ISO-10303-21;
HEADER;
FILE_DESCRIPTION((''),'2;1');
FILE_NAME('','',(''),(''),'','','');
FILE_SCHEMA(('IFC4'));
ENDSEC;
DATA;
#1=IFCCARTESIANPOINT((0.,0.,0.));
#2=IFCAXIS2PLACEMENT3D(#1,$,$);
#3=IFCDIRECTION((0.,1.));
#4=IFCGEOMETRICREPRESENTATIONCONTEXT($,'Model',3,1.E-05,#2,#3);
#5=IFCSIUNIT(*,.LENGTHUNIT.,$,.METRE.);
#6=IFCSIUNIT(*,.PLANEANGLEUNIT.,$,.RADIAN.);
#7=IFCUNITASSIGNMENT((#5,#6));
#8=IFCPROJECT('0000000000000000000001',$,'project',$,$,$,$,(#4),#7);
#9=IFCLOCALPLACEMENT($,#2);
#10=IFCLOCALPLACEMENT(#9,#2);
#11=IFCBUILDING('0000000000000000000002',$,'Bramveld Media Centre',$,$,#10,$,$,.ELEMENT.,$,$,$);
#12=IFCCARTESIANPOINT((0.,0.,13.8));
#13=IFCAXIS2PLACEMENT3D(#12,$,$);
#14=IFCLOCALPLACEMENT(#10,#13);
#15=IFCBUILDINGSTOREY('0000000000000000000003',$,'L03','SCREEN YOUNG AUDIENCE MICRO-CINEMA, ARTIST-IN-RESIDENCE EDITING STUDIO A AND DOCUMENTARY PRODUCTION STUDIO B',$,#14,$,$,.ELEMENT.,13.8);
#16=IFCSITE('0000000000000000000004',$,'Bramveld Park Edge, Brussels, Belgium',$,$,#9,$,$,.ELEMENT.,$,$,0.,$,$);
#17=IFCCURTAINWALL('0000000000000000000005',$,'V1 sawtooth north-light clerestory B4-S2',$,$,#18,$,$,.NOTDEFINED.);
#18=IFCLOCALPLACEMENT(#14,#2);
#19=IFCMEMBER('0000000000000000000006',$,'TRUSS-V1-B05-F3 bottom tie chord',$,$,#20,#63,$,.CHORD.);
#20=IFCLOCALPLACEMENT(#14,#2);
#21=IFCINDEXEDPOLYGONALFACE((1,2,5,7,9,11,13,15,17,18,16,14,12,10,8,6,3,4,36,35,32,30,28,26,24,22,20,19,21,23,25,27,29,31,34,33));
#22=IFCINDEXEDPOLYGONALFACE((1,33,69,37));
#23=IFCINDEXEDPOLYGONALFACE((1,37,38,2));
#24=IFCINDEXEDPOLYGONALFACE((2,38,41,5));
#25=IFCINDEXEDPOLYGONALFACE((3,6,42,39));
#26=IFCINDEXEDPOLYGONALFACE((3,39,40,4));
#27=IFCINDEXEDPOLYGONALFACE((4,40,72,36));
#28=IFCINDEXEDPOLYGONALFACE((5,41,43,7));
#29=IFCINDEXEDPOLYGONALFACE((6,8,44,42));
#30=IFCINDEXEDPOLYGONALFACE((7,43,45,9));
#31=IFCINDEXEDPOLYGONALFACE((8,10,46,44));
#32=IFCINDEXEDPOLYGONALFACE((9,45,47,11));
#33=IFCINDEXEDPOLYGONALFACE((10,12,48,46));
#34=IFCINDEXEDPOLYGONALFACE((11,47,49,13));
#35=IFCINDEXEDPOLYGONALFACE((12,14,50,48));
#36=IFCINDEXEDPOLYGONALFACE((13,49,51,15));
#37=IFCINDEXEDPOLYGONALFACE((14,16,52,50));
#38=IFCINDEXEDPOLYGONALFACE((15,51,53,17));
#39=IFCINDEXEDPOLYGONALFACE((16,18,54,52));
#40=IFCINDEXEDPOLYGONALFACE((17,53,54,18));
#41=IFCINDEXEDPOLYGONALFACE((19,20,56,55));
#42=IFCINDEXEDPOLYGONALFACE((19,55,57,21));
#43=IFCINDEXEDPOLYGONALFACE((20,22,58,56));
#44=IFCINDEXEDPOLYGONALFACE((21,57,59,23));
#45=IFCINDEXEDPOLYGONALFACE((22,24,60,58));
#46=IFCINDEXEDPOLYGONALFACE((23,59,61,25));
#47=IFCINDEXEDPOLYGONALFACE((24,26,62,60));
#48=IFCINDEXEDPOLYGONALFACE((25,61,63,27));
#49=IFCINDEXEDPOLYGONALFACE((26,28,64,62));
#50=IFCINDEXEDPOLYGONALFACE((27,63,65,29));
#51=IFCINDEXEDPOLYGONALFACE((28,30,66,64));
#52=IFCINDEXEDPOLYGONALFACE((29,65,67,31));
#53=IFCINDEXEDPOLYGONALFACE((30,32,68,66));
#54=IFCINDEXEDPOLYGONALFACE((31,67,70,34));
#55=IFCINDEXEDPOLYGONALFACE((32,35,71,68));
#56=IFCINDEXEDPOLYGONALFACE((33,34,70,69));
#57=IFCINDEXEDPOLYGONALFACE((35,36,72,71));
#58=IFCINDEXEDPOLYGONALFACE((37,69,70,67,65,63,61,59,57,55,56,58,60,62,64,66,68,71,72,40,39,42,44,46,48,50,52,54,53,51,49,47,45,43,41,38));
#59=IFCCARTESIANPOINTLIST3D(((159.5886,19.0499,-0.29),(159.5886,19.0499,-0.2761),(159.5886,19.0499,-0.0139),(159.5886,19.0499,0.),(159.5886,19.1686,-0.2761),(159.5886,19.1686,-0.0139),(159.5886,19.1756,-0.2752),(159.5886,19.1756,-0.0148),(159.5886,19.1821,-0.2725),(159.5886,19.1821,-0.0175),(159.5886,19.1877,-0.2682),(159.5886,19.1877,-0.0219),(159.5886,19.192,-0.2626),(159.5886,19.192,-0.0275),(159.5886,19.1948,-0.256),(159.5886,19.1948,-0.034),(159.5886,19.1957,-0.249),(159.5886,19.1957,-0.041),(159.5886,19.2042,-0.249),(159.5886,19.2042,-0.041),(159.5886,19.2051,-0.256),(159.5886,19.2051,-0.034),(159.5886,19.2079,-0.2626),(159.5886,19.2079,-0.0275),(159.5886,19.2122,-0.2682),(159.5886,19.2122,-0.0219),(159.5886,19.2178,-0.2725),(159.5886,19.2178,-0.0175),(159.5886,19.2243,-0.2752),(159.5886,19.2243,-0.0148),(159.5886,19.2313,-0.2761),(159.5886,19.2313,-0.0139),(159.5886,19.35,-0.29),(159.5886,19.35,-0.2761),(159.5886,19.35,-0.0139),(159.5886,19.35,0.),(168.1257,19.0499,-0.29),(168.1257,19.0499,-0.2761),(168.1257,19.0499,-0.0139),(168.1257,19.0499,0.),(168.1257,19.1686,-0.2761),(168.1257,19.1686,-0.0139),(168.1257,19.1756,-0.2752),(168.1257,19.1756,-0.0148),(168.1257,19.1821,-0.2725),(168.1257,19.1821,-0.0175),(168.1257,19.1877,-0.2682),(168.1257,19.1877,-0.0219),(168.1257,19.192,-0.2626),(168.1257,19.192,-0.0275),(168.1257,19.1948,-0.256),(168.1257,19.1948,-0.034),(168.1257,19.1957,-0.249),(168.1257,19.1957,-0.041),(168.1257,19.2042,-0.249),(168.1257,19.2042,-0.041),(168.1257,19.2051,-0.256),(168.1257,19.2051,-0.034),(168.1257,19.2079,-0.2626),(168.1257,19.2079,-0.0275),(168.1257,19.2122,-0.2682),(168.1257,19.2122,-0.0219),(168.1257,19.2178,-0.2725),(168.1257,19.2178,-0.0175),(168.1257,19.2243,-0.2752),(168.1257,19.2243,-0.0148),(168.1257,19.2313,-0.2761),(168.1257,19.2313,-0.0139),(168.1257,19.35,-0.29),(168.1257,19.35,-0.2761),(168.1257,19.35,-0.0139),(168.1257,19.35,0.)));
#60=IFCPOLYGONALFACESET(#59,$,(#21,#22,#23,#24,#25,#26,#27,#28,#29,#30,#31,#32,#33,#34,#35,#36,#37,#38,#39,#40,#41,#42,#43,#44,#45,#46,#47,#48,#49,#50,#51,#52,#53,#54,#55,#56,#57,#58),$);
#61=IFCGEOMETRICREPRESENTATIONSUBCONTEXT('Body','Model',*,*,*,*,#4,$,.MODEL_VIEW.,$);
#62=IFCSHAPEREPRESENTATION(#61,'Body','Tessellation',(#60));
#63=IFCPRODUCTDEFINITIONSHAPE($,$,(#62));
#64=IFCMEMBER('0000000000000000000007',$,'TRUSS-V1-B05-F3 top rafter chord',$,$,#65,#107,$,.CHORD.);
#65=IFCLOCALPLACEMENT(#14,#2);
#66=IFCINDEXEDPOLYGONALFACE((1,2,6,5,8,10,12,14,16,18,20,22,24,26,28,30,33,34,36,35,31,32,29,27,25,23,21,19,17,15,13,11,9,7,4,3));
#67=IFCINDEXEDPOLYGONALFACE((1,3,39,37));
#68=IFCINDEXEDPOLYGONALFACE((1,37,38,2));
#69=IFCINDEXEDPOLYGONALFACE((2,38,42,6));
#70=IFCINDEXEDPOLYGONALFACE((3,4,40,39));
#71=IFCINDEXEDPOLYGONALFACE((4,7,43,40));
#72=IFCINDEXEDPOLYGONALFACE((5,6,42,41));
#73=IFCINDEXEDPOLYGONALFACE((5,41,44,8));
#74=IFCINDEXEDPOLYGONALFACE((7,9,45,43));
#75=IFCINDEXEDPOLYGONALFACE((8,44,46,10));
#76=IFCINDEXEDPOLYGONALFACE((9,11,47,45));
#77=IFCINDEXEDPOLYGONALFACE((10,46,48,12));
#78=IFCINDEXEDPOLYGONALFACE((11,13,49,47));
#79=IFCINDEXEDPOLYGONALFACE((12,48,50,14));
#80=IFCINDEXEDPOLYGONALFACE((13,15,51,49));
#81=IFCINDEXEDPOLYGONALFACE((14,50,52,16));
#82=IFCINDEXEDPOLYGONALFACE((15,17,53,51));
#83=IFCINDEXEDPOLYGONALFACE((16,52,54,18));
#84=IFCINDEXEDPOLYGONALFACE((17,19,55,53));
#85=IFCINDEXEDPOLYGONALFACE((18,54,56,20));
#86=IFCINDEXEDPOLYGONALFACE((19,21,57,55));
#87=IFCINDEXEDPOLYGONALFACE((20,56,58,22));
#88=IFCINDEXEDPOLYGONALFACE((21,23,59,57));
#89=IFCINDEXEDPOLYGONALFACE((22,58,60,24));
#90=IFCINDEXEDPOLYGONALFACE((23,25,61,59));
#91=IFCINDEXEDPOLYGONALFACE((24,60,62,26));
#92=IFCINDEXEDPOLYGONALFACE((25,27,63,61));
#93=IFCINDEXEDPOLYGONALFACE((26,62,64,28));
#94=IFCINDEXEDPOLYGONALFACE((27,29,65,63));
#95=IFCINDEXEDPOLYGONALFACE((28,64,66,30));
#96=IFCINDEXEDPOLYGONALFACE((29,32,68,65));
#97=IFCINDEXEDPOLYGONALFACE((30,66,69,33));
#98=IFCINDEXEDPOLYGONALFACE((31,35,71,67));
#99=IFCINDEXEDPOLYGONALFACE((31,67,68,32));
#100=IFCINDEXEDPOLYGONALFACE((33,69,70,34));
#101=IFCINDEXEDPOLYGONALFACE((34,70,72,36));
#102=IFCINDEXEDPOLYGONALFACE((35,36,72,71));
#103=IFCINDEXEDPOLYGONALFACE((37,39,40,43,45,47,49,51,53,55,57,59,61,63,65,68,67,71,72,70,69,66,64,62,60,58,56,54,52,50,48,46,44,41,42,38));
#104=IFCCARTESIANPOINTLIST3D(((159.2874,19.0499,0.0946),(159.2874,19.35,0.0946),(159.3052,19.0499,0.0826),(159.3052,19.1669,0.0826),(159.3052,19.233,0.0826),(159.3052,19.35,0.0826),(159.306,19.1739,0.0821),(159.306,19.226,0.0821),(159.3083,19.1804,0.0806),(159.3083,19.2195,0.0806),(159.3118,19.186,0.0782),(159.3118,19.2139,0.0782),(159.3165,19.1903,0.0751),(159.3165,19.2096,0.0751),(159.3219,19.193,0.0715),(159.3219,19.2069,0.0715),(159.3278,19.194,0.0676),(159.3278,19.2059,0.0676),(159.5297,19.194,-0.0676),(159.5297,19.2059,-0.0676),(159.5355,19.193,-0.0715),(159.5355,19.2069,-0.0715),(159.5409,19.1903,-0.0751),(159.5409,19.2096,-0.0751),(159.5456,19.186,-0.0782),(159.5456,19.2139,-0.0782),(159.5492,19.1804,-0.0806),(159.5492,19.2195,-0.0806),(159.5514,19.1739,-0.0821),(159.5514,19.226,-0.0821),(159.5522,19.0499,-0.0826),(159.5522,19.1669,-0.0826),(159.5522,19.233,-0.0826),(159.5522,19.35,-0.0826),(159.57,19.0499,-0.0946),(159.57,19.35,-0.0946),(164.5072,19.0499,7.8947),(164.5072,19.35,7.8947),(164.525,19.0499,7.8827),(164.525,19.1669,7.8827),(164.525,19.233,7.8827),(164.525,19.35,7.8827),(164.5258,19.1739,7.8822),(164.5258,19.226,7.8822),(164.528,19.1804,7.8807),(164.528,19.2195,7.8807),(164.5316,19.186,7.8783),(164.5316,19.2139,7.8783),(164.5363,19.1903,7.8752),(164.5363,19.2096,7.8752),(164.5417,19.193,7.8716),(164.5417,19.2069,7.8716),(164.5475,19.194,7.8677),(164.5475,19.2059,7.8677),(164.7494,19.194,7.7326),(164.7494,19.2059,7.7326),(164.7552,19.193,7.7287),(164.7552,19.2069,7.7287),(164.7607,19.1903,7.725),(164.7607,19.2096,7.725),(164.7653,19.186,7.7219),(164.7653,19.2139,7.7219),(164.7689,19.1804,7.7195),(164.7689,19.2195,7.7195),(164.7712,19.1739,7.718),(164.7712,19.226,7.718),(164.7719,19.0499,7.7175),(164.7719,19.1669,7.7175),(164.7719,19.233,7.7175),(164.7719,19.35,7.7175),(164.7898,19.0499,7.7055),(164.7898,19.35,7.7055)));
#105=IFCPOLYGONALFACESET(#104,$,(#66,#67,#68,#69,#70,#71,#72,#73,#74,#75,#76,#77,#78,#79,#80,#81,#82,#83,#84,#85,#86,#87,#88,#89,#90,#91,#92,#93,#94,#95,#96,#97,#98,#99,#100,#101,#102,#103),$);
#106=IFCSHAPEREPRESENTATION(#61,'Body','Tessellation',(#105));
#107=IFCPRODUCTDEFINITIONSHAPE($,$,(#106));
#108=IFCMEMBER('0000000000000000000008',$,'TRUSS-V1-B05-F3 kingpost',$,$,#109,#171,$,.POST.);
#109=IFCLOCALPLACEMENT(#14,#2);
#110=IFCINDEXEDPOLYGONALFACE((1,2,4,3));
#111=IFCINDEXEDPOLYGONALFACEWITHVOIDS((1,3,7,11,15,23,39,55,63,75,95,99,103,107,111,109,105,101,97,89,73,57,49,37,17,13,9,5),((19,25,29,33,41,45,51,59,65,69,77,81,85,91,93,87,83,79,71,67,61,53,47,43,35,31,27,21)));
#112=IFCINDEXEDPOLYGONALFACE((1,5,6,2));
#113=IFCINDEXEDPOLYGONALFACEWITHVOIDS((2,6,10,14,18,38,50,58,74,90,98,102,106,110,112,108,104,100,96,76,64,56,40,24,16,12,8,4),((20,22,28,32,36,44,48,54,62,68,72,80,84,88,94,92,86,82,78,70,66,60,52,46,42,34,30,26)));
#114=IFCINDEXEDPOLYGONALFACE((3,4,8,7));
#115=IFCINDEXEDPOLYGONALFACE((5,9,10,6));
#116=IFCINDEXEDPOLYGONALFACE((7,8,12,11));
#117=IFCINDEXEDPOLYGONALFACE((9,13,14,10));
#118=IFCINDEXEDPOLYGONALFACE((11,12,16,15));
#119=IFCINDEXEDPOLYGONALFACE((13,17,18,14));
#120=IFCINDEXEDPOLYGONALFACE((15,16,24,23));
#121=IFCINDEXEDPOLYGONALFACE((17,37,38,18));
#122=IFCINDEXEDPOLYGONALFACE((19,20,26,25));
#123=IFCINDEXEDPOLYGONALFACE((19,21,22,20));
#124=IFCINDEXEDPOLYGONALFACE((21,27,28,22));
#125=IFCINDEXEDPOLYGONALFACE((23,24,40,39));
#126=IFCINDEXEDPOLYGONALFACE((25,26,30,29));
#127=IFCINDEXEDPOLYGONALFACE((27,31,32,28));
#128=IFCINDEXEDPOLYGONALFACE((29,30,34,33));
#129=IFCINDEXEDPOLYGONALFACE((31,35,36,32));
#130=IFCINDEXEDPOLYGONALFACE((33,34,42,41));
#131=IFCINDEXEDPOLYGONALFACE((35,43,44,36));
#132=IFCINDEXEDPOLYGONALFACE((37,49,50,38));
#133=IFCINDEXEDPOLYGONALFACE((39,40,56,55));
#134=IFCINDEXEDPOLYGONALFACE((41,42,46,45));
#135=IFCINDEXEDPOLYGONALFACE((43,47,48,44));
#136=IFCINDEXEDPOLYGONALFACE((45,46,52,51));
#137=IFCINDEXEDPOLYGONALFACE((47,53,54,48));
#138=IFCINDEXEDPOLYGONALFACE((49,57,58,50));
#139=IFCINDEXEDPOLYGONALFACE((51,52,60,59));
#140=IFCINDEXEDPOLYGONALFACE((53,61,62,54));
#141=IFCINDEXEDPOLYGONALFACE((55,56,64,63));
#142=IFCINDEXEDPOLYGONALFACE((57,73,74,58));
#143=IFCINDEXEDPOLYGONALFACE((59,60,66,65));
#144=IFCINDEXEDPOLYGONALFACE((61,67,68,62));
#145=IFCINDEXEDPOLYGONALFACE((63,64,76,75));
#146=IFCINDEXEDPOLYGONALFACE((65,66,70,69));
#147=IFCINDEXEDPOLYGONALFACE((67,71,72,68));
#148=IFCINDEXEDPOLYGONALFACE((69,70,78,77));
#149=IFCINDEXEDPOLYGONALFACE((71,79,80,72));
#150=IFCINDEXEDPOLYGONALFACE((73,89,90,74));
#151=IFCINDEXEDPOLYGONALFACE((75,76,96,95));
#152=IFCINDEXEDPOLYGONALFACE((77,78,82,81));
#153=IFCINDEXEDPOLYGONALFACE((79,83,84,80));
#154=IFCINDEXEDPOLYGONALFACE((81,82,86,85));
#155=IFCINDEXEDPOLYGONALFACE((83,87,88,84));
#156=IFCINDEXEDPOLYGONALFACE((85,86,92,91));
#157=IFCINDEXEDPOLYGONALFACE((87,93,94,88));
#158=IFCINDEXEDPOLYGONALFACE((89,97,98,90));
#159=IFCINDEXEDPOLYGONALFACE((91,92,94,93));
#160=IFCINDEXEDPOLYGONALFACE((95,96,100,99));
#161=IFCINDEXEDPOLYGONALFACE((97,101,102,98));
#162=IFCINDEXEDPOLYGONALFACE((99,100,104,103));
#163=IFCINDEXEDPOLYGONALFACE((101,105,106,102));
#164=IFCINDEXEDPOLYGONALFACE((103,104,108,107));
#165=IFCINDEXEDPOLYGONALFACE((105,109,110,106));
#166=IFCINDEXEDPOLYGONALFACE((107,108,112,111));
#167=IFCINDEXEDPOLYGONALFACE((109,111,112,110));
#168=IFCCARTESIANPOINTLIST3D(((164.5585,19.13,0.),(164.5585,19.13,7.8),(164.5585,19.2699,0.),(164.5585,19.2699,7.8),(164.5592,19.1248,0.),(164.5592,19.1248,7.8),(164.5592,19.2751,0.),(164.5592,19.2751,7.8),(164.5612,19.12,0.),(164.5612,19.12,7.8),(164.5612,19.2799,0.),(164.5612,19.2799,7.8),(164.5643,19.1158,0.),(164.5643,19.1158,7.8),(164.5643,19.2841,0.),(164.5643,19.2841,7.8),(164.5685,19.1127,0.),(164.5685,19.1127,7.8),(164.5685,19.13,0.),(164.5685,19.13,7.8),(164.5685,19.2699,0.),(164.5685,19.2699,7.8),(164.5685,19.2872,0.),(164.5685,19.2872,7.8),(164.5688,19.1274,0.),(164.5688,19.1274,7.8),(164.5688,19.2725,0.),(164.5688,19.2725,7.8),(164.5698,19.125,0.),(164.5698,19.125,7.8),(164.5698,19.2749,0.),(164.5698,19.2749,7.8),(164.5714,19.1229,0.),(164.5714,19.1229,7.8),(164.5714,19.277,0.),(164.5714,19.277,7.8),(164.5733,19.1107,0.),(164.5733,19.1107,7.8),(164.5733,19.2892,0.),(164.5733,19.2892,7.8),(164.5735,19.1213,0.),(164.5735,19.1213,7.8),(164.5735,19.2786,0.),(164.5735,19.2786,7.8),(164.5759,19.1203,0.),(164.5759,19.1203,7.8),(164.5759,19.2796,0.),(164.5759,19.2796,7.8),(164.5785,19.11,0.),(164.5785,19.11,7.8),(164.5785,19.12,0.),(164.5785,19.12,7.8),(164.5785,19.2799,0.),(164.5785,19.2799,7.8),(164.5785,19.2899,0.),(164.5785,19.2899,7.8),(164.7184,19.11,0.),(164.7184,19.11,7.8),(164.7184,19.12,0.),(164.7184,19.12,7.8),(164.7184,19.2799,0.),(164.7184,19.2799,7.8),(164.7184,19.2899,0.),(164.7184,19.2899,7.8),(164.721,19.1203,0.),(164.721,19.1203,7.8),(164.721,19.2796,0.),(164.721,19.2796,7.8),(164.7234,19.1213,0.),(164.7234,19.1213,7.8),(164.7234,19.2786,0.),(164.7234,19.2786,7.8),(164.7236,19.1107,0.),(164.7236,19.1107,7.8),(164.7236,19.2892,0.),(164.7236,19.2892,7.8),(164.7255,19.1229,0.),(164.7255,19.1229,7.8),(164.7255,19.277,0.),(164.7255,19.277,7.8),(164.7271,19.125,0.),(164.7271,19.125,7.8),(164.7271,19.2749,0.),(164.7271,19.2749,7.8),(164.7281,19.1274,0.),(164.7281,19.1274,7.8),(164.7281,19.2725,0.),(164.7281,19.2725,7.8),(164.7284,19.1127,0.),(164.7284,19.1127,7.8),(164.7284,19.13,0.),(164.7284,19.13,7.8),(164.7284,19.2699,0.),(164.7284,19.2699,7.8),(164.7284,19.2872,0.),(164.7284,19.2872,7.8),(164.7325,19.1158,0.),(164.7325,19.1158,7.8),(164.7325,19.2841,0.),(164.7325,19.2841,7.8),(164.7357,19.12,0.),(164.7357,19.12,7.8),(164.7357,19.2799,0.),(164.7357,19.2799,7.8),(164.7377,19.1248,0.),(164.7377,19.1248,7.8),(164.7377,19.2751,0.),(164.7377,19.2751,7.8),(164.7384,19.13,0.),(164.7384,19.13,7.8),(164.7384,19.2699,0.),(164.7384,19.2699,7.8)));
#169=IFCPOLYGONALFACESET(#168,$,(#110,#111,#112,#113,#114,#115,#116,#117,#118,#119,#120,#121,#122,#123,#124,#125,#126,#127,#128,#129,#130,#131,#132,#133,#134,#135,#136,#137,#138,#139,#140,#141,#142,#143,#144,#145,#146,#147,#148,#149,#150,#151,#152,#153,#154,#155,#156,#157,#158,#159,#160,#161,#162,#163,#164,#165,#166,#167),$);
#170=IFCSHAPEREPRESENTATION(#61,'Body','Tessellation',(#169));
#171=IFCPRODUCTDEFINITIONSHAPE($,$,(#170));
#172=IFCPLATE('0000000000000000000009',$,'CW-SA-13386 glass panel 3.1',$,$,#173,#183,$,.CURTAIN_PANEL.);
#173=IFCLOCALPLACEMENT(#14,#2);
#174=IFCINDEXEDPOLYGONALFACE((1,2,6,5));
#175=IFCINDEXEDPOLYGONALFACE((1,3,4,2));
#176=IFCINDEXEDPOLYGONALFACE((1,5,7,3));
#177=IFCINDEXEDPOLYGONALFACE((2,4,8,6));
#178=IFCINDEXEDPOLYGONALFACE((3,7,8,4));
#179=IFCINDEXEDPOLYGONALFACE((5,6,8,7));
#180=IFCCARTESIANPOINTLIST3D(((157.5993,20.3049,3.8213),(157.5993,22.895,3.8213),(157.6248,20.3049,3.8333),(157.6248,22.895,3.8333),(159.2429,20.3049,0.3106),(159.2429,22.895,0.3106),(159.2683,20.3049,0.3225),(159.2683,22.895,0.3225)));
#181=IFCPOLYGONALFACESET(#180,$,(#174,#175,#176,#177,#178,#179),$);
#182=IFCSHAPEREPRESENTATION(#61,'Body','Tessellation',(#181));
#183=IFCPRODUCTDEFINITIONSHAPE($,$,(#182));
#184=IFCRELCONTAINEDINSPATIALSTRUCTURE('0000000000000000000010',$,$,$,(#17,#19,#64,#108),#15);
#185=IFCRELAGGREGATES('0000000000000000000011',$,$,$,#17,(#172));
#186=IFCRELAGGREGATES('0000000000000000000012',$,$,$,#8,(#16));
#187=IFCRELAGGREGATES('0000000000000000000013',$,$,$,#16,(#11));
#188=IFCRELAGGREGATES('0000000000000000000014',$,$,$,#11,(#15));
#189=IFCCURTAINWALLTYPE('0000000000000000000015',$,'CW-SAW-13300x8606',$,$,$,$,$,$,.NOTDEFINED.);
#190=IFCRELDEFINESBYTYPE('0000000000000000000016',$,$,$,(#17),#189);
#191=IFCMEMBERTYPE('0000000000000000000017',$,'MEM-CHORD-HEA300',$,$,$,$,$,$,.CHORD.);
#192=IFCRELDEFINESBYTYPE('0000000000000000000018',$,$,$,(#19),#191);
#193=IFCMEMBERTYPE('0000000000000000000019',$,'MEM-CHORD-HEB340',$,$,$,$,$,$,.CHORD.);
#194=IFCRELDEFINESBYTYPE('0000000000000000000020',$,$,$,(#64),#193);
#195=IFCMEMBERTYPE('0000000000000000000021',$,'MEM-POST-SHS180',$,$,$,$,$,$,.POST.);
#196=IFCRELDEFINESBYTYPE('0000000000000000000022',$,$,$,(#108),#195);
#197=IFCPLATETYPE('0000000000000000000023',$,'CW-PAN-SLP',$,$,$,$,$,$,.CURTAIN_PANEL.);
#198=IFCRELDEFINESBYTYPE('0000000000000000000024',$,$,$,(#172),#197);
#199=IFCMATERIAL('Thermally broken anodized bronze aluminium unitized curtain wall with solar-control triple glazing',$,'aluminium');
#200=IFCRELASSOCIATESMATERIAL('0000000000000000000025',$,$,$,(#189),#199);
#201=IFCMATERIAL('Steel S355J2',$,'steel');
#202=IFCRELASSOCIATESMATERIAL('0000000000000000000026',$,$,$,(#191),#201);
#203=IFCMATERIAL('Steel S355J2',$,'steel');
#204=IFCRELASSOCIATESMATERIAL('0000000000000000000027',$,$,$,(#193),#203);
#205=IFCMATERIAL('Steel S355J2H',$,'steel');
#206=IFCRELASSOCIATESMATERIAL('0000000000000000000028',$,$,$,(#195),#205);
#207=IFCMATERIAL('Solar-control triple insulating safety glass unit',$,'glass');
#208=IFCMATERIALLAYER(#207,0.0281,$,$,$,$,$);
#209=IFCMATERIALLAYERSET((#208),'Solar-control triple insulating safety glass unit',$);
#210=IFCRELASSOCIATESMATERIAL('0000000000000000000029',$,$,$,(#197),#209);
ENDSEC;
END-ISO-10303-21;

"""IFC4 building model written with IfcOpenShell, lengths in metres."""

from ifc_helpers import new_model, si_unit, direction, frame, origin, origin_2d, place, context, subcontext, project, spatial, polyline, hollow_rectangle, i_section, outline, extrude, material, layer, layer_set, material_profile, profile_set, type_object, element, aggregate, save


model = new_model("IFC4")

# Units and contexts
model_context = context("Model", 3, precision=1e-05, world=origin(), true_north=direction((0.0, 1.0)))
body_context = subcontext(model_context, "Body", "Model", "MODEL_VIEW")
ifc_project = project(units=[si_unit("LENGTHUNIT", "METRE"), si_unit("PLANEANGLEUNIT", "RADIAN")], contexts=[model_context])

# Site, building, storey
site_placement = place(None, origin())
site = spatial("IfcSite", under=ifc_project, at=site_placement, Name="Bramveld Park Edge, Brussels, Belgium", CompositionType="ELEMENT", RefElevation=0.0)
building_placement = place(site_placement, origin())
building = spatial("IfcBuilding", under=site, at=building_placement, Name="Bramveld Media Centre", CompositionType="ELEMENT")
storey_placement = place(building_placement, frame((0.0, 0.0, 13.8)))
storey = spatial("IfcBuildingStorey", under=building, at=storey_placement, Name="L03", Description="SCREEN YOUNG AUDIENCE MICRO-CINEMA, ARTIST-IN-RESIDENCE EDITING STUDIO A AND DOCUMENTARY PRODUCTION STUDIO B", CompositionType="ELEMENT", Elevation=13.8)

# Curtain wall
ifc_material_1 = material(Name="Thermally broken anodized bronze aluminium unitized curtain wall with solar-control triple glazing", Category="aluminium")
curtain_wall_type = type_object("IfcCurtainWallType", Name="CW-SAW-13300x8606", PredefinedType="NOTDEFINED", material=ifc_material_1)
curtain_wall_placement = place(storey_placement, origin())
curtain_wall = element("IfcCurtainWall", 1, at=curtain_wall_placement, inside=storey, type_object=curtain_wall_type, Name="V1 sawtooth north-light clerestory B4-S2", PredefinedType="NOTDEFINED")

# Members
ifc_material_2 = material(Name="Steel S355J2", Category="steel")
ifc_material_profile_1 = material_profile(ifc_material_2, i_section(OverallWidth=0.3, OverallDepth=0.29, WebThickness=0.0085, FlangeThickness=0.0139, FilletRadius=0.0271, at=origin_2d()), Name="HEA 300")
ifc_profile_set_1 = profile_set([ifc_material_profile_1], Name="Steel S355J2")
member_type_1 = type_object("IfcMemberType", Name="MEM-CHORD-HEA300", PredefinedType="CHORD", material=ifc_profile_set_1)
member_1_placement = place(storey_placement, frame((159.5886, 19.2, -0.145), z_axis=(1.0, 0.0, 0.0), x_axis=(0.0, 1.0, 0.0)))
element("IfcMember", 2, at=member_1_placement, inside=storey, type_object=member_type_1, Name="TRUSS-V1-B05-F3 bottom tie chord", PredefinedType="CHORD", context=body_context, shape_type="SweptSolid", body=[
    extrude(i_section(OverallWidth=0.3, OverallDepth=0.29, WebThickness=0.0085, FlangeThickness=0.0139, FilletRadius=0.0271, at=origin_2d()), origin(), (0.0, 0.0, 1.0), 8.5371),
])
ifc_material_3 = material(Name="Steel S355J2", Category="steel")
ifc_material_profile_2 = material_profile(ifc_material_3, i_section(OverallWidth=0.3, OverallDepth=0.3401, WebThickness=0.012, FlangeThickness=0.0215, FilletRadius=0.0271, at=origin_2d()), Name="HEB 340")
ifc_profile_set_2 = profile_set([ifc_material_profile_2], Name="Steel S355J2")
member_type_2 = type_object("IfcMemberType", Name="MEM-CHORD-HEB340", PredefinedType="CHORD", material=ifc_profile_set_2)
member_2_placement = place(storey_placement, frame((159.4287, 19.2, 0.0), z_axis=(0.556152, 0.0, 0.831081), x_axis=(0.0, 1.0, 0.0)))
element("IfcMember", 3, at=member_2_placement, inside=storey, type_object=member_type_2, Name="TRUSS-V1-B05-F3 top rafter chord", PredefinedType="CHORD", context=body_context, shape_type="SweptSolid", body=[
    extrude(i_section(OverallWidth=0.3, OverallDepth=0.3401, WebThickness=0.012, FlangeThickness=0.0215, FilletRadius=0.0271, at=origin_2d()), origin(), (0.0, 0.0, 1.0), 9.3855),
])
ifc_material_4 = material(Name="Steel S355J2H", Category="steel")
ifc_material_profile_3 = material_profile(ifc_material_4, hollow_rectangle(XDim=0.1799, YDim=0.1799, WallThickness=0.01, InnerFilletRadius=0.01, OuterFilletRadius=0.02, at=origin_2d()), Name="SHS 180x180x10")
ifc_profile_set_3 = profile_set([ifc_material_profile_3], Name="Steel S355J2H")
member_type_3 = type_object("IfcMemberType", Name="MEM-POST-SHS180", PredefinedType="POST", material=ifc_profile_set_3)
member_3_placement = place(storey_placement, frame((164.6484, 19.2, 0.0), z_axis=(0.0, 0.0, 1.0), x_axis=(1.0, 0.0, 0.0)))
element("IfcMember", 4, at=member_3_placement, inside=storey, type_object=member_type_3, Name="TRUSS-V1-B05-F3 kingpost", PredefinedType="POST", context=body_context, shape_type="SweptSolid", body=[
    extrude(hollow_rectangle(XDim=0.1799, YDim=0.1799, WallThickness=0.01, InnerFilletRadius=0.01, OuterFilletRadius=0.02, at=origin_2d()), origin(), (0.0, 0.0, 1.0), 7.8),
])

# Plate
ifc_material_5 = material(Name="Solar-control triple insulating safety glass unit", Category="glass")
ifc_layer_1 = layer(ifc_material_5, 0.0281)
ifc_layer_set_1 = layer_set([ifc_layer_1], Name="Solar-control triple insulating safety glass unit")
plate_type_1 = type_object("IfcPlateType", Name="CW-PAN-SLP", PredefinedType="CURTAIN_PANEL", material=ifc_layer_set_1)
plate_1_placement = place(storey_placement, frame((159.2683, 20.3049, 0.3225), z_axis=(0.905668, 0.0, 0.423988), x_axis=(0.0, 1.0, 0.0)))
plate_1 = element("IfcPlate", 5, at=plate_1_placement, type_object=plate_type_1, Name="CW-SA-13386 glass panel 3.1", PredefinedType="CURTAIN_PANEL", context=body_context, shape_type="SweptSolid", body=[
    extrude(outline(polyline([(0.0, 0.0), (2.5901, 0.0), (2.5901, 3.8764), (0.0, 3.8764), (0.0, 0.0)])), origin(), (0.0, 0.0, -1.0), 0.0281),
])
aggregate(curtain_wall, [plate_1])

save(model, "model.ifc")
